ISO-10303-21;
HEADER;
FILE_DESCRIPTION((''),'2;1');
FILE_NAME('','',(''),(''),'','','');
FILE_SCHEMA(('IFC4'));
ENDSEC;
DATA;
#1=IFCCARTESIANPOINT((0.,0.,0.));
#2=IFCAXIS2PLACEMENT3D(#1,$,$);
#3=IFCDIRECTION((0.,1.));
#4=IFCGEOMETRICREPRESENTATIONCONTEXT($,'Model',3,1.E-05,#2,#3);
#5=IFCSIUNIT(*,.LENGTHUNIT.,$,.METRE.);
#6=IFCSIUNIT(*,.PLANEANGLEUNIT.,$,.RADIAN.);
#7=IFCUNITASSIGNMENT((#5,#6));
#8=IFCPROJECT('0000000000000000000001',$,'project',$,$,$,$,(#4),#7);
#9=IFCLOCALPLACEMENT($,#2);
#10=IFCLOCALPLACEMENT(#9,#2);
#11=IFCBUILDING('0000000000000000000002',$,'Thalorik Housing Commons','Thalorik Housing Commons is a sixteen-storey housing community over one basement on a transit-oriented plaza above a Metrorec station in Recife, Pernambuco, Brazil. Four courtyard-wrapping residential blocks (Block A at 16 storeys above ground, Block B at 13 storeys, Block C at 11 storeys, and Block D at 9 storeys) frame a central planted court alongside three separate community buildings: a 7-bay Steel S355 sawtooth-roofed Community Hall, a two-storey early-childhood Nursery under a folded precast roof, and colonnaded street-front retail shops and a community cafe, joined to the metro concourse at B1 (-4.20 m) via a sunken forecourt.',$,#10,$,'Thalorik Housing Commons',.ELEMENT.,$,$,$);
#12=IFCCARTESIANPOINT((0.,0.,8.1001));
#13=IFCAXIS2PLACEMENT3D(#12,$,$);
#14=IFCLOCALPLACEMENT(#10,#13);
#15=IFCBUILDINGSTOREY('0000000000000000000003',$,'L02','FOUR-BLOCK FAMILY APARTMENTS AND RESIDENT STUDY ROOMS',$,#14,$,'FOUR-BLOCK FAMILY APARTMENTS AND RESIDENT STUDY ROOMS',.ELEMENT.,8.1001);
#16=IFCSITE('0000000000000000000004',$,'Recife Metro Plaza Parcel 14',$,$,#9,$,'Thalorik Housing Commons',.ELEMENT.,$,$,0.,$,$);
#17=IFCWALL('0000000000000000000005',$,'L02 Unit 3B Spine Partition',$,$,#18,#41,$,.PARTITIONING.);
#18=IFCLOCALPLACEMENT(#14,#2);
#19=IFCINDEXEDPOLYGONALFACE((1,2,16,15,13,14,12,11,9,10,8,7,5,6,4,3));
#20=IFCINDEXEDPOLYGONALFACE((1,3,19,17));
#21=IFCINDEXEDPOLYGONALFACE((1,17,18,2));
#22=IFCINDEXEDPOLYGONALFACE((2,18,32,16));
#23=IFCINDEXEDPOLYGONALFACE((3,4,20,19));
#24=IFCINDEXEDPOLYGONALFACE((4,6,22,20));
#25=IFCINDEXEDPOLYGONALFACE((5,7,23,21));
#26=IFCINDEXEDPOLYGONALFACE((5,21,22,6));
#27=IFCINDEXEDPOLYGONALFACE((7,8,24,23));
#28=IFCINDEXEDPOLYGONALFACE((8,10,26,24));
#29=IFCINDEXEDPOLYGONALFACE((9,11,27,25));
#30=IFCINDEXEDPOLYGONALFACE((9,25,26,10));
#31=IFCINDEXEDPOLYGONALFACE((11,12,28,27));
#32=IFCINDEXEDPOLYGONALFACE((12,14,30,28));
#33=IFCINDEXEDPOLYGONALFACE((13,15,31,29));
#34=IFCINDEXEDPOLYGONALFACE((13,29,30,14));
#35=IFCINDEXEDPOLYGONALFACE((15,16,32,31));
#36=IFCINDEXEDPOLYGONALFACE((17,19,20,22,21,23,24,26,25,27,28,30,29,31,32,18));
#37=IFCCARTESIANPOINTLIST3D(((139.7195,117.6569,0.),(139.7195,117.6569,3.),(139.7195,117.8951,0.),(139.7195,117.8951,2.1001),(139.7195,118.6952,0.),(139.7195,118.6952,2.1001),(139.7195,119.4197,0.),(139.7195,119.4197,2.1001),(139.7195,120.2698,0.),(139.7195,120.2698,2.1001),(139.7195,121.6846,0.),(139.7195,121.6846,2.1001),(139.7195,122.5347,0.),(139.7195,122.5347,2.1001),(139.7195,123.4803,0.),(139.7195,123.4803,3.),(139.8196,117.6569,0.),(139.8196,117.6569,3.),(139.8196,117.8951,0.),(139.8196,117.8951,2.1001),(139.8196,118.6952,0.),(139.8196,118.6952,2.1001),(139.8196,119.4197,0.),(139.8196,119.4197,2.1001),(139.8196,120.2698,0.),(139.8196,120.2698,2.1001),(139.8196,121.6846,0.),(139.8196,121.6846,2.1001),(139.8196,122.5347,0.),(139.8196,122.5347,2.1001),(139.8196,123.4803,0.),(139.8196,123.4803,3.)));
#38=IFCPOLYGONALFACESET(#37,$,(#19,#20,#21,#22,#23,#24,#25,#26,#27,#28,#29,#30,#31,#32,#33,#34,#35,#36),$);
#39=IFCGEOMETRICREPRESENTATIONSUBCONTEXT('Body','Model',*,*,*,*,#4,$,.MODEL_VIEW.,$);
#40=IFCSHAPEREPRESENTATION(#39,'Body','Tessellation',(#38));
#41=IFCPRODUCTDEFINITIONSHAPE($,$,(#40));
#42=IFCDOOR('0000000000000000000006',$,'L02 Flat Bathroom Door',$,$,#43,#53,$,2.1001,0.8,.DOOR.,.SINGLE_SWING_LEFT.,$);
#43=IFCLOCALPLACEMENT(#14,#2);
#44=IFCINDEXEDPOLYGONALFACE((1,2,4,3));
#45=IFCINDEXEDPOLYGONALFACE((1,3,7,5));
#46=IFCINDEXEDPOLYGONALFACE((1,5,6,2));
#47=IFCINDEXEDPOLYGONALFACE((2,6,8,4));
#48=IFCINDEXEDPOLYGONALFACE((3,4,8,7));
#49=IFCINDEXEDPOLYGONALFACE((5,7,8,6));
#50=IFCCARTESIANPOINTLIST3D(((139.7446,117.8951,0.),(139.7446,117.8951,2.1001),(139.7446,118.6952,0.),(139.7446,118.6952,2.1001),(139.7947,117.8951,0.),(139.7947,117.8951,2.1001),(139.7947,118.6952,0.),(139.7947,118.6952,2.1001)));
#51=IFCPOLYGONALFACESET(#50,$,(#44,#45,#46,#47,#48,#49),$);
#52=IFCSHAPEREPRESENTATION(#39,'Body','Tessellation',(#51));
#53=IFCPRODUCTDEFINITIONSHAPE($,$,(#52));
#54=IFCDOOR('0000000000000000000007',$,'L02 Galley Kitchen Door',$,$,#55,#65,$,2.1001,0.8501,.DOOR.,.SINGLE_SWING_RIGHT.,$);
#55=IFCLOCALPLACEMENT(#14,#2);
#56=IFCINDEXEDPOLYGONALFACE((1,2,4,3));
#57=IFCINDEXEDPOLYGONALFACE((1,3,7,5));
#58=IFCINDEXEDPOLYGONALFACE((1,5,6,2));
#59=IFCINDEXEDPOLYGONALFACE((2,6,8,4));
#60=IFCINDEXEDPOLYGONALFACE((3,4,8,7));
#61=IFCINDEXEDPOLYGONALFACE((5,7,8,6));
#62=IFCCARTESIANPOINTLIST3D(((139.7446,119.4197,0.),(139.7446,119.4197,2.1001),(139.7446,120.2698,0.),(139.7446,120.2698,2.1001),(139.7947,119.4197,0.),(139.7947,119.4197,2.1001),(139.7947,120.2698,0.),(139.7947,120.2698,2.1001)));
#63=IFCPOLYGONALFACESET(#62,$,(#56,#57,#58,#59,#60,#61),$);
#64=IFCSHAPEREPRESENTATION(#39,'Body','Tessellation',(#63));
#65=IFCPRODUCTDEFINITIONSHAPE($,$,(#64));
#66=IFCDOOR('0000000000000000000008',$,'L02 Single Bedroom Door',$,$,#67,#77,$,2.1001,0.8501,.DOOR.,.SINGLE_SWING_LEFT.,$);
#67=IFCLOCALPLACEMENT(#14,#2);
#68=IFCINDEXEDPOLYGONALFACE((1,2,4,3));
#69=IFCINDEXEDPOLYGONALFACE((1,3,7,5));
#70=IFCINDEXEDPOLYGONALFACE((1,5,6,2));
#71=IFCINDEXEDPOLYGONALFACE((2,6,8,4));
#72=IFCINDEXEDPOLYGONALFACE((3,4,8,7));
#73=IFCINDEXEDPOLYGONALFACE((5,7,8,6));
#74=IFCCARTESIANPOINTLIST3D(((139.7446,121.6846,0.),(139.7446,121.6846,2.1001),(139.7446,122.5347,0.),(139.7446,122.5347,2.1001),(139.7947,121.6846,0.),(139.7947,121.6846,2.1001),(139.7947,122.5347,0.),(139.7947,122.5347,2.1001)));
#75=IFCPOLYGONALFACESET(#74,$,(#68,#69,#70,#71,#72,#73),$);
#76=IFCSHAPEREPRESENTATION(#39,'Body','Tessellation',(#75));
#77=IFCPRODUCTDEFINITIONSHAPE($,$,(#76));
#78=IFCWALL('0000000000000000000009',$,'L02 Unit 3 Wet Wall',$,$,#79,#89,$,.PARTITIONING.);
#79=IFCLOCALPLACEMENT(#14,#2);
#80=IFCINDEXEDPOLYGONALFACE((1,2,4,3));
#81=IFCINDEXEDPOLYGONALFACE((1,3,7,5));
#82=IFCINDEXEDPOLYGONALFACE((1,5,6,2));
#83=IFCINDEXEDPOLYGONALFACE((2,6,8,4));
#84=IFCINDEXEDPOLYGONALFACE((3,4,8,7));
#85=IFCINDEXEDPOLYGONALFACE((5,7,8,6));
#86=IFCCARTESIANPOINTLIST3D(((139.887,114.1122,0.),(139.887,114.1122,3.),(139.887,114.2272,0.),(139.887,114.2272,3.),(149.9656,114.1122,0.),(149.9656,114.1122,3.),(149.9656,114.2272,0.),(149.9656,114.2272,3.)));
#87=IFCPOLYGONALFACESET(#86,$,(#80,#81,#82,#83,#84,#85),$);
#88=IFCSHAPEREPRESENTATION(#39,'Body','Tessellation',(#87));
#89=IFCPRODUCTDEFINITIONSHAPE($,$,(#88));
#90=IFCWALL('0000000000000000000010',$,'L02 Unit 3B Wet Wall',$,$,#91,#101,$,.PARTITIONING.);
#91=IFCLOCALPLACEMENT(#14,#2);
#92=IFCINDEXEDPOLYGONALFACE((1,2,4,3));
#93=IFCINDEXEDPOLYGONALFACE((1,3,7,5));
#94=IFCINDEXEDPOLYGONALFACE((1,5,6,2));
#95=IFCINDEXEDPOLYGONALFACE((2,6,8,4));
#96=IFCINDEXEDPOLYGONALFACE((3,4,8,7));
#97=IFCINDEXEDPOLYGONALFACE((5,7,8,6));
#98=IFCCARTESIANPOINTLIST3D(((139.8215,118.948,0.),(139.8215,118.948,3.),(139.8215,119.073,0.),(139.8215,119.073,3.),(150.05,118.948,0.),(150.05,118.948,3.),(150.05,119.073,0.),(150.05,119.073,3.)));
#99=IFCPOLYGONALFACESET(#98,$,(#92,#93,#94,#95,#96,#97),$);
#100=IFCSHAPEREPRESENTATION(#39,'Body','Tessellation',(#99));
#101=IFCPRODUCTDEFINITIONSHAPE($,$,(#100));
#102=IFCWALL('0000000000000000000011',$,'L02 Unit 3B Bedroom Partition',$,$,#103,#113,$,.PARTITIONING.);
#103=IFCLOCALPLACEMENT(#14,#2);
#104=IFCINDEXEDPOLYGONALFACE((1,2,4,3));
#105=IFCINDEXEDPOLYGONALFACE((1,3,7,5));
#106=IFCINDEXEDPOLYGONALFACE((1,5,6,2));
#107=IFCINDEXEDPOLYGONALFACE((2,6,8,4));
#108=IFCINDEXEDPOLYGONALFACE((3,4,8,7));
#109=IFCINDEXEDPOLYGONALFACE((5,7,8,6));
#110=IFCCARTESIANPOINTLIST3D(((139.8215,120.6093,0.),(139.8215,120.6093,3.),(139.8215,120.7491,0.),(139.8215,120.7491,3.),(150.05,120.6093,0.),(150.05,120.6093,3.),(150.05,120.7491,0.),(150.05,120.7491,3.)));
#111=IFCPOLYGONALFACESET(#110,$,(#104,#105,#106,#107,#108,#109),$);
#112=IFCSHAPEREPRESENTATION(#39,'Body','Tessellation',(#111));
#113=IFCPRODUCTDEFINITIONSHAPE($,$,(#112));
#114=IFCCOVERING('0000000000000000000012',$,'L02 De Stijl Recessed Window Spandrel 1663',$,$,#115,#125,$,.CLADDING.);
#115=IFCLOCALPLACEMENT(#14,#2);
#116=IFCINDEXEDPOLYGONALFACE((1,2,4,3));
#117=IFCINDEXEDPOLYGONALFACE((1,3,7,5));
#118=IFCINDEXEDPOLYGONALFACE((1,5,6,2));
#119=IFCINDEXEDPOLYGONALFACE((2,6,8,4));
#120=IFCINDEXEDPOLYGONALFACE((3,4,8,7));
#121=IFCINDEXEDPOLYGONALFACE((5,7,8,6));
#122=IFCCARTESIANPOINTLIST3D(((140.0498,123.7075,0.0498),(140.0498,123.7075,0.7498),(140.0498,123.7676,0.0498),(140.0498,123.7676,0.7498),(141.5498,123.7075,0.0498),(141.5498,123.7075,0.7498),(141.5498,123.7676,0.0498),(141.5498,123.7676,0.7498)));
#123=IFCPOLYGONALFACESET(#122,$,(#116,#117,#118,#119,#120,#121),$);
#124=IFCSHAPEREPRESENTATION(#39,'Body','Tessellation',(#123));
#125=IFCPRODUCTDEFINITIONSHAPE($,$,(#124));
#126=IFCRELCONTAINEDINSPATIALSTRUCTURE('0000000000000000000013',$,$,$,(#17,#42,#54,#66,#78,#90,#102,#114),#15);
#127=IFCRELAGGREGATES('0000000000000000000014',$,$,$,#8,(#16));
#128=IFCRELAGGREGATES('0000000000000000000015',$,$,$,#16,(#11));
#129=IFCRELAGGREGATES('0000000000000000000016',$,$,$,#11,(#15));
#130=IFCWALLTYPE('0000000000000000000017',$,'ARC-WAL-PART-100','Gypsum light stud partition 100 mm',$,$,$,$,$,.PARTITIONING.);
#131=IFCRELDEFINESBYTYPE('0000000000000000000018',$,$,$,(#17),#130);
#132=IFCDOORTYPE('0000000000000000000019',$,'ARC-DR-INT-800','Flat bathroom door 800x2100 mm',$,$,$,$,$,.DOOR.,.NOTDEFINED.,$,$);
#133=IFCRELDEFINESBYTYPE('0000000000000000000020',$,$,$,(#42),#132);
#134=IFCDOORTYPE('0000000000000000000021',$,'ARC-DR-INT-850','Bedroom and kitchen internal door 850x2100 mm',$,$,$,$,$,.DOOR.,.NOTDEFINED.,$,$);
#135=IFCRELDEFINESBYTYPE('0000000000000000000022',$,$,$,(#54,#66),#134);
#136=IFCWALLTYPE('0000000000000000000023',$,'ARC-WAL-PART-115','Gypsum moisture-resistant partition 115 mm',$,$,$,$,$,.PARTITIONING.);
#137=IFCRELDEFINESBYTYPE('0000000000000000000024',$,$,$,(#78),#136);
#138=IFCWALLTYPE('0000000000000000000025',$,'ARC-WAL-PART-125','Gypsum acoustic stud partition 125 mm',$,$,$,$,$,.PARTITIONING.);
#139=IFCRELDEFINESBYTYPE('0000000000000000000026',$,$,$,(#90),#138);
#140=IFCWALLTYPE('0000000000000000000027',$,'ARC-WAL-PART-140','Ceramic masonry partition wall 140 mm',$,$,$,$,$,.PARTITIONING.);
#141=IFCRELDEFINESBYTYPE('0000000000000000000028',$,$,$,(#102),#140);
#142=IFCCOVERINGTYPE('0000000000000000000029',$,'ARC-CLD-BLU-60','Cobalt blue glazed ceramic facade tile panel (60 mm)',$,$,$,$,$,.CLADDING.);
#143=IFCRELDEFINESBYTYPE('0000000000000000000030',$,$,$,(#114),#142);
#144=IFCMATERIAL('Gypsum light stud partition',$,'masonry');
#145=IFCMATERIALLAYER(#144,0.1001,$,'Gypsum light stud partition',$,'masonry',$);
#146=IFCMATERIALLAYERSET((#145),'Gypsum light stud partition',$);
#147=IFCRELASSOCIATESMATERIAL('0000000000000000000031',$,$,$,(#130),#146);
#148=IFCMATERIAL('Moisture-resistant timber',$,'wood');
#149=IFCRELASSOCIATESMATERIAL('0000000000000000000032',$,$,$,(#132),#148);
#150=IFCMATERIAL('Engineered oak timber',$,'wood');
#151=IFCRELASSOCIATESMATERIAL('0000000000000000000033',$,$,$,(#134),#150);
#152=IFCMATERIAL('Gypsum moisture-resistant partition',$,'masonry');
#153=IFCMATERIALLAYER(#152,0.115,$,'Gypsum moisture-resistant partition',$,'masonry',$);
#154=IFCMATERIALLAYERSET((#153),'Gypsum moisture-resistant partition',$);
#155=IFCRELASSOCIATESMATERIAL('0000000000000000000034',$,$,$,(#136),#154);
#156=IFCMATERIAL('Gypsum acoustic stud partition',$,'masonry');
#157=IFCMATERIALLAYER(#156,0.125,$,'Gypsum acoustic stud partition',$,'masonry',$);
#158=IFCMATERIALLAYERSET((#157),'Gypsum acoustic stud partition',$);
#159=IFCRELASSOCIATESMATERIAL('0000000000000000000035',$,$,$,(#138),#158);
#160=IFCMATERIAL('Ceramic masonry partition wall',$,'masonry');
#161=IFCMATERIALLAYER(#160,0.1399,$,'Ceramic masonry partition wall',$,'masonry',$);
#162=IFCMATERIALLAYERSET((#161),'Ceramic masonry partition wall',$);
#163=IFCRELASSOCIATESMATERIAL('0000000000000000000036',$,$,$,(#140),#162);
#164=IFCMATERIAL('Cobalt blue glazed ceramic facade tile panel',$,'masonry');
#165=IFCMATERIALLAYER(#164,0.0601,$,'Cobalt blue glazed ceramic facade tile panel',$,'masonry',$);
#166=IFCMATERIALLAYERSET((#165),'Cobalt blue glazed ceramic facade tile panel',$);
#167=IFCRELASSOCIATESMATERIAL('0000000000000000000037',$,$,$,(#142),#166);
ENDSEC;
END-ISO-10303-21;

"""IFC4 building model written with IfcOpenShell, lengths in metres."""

from ifc_helpers import new_model, si_unit, direction, frame, frame_2d, origin, origin_2d, place, context, subcontext, project, spatial, rectangle, extrude, material, layer, layer_set, type_object, element, fill, save


model = new_model("IFC4")

# Units and contexts
model_context = context("Model", 3, precision=1e-05, world=origin(), true_north=direction((0.0, 1.0)))
body_context = subcontext(model_context, "Body", "Model", "MODEL_VIEW")
ifc_project = project(units=[si_unit("LENGTHUNIT", "METRE"), si_unit("PLANEANGLEUNIT", "RADIAN")], contexts=[model_context])

# Site, building, storey
site_placement = place(None, origin())
site = spatial("IfcSite", under=ifc_project, at=site_placement, Name="Recife Metro Plaza Parcel 14", LongName="Thalorik Housing Commons", CompositionType="ELEMENT", RefElevation=0.0)
building_placement = place(site_placement, origin())
building = spatial("IfcBuilding", under=site, at=building_placement, Name="Thalorik Housing Commons", Description="Thalorik Housing Commons is a sixteen-storey housing community over one basement on a transit-oriented plaza above a Metrorec station in Recife, Pernambuco, Brazil. Four courtyard-wrapping residential blocks (Block A at 16 storeys above ground, Block B at 13 storeys, Block C at 11 storeys, and Block D at 9 storeys) frame a central planted court alongside three separate community buildings: a 7-bay Steel S355 sawtooth-roofed Community Hall, a two-storey early-childhood Nursery under a folded precast roof, and colonnaded street-front retail shops and a community cafe, joined to the metro concourse at B1 (-4.20 m) via a sunken forecourt.", LongName="Thalorik Housing Commons", CompositionType="ELEMENT")
storey_placement = place(building_placement, frame((0.0, 0.0, 8.1001)))
storey = spatial("IfcBuildingStorey", under=building, at=storey_placement, Name="L02", Description="FOUR-BLOCK FAMILY APARTMENTS AND RESIDENT STUDY ROOMS", LongName="FOUR-BLOCK FAMILY APARTMENTS AND RESIDENT STUDY ROOMS", CompositionType="ELEMENT", Elevation=8.1001)

# Wall, openings, doors
ifc_material_1 = material(Name="Gypsum light stud partition", Category="masonry")
ifc_layer_1 = layer(ifc_material_1, 0.1001, Name="Gypsum light stud partition", Category="masonry")
ifc_layer_set_1 = layer_set([ifc_layer_1], Name="Gypsum light stud partition")
wall_type_1 = type_object("IfcWallType", Name="ARC-WAL-PART-100", Description="Gypsum light stud partition 100 mm", PredefinedType="PARTITIONING", material=ifc_layer_set_1)
wall_1_placement = place(storey_placement, frame((139.7695, 117.657, 0.0), z_axis=(0.0, 0.0, 1.0), x_axis=(0.0, 1.0, 0.0)))
wall_1 = element("IfcWall", 1, at=wall_1_placement, inside=storey, type_object=wall_type_1, Name="L02 Unit 3B Spine Partition", PredefinedType="PARTITIONING", context=body_context, shape_type="SweptSolid", body=[
    extrude(rectangle(XDim=5.8235, YDim=0.1001, at=frame_2d((2.9116, 0.0))), origin(), (0.0, 0.0, 1.0), 3.0),
])
opening_1_placement = place(wall_1_placement, frame((0.2383, 0.0, 0.0)))
opening_1 = element("IfcOpeningElement", 2, at=opening_1_placement, cuts=wall_1, PredefinedType="OPENING", context=body_context, shape_type="SweptSolid", body=[
    extrude(rectangle(XDim=0.8, YDim=2.1001, at=frame_2d((0.3999, 1.05))), frame((0.0, 0.0601, 0.0), z_axis=(0.0, -1.0, 0.0), x_axis=(1.0, 0.0, 0.0)), (0.0, 0.0, 1.0), 0.1201),
])
opening_2_placement = place(wall_1_placement, frame((1.7627, 0.0, 0.0)))
opening_2 = element("IfcOpeningElement", 3, at=opening_2_placement, cuts=wall_1, PredefinedType="OPENING", context=body_context, shape_type="SweptSolid", body=[
    extrude(rectangle(XDim=0.8501, YDim=2.1001, at=frame_2d((0.425, 1.05))), frame((0.0, 0.0601, 0.0), z_axis=(0.0, -1.0, 0.0), x_axis=(1.0, 0.0, 0.0)), (0.0, 0.0, 1.0), 0.1201),
])
opening_3_placement = place(wall_1_placement, frame((4.0276, 0.0, 0.0)))
opening_3 = element("IfcOpeningElement", 4, at=opening_3_placement, cuts=wall_1, PredefinedType="OPENING", context=body_context, shape_type="SweptSolid", body=[
    extrude(rectangle(XDim=0.8501, YDim=2.1001, at=frame_2d((0.425, 1.05))), frame((0.0, 0.0601, 0.0), z_axis=(0.0, -1.0, 0.0), x_axis=(1.0, 0.0, 0.0)), (0.0, 0.0, 1.0), 0.1201),
])
ifc_material_2 = material(Name="Moisture-resistant timber", Category="wood")
door_type_1 = type_object("IfcDoorType", Name="ARC-DR-INT-800", Description="Flat bathroom door 800x2100 mm", OperationType="NOTDEFINED", PredefinedType="DOOR", material=ifc_material_2)
door_1_placement = place(opening_1_placement, origin())
door_1 = element("IfcDoor", 5, at=door_1_placement, inside=storey, type_object=door_type_1, Name="L02 Flat Bathroom Door", OperationType="SINGLE_SWING_LEFT", OverallHeight=2.1001, OverallWidth=0.8, PredefinedType="DOOR", context=body_context, shape_type="SweptSolid", body=[
    extrude(rectangle(XDim=0.8, YDim=2.1001, at=frame_2d((0.3999, 1.05))), frame((0.0, 0.0249, 0.0), z_axis=(0.0, -1.0, 0.0), x_axis=(1.0, 0.0, 0.0)), (0.0, 0.0, 1.0), 0.05),
])
fill(opening_1, door_1)
ifc_material_3 = material(Name="Engineered oak timber", Category="wood")
door_type_2 = type_object("IfcDoorType", Name="ARC-DR-INT-850", Description="Bedroom and kitchen internal door 850x2100 mm", OperationType="NOTDEFINED", PredefinedType="DOOR", material=ifc_material_3)
door_2_placement = place(opening_2_placement, origin())
door_2 = element("IfcDoor", 6, at=door_2_placement, inside=storey, type_object=door_type_2, Name="L02 Galley Kitchen Door", OperationType="SINGLE_SWING_RIGHT", OverallHeight=2.1001, OverallWidth=0.8501, PredefinedType="DOOR", context=body_context, shape_type="SweptSolid", body=[
    extrude(rectangle(XDim=0.8501, YDim=2.1001, at=frame_2d((0.425, 1.05))), frame((0.0, 0.0249, 0.0), z_axis=(0.0, -1.0, 0.0), x_axis=(1.0, 0.0, 0.0)), (0.0, 0.0, 1.0), 0.05),
])
fill(opening_2, door_2)
door_3_placement = place(opening_3_placement, origin())
door_3 = element("IfcDoor", 7, at=door_3_placement, inside=storey, type_object=door_type_2, Name="L02 Single Bedroom Door", OperationType="SINGLE_SWING_LEFT", OverallHeight=2.1001, OverallWidth=0.8501, PredefinedType="DOOR", context=body_context, shape_type="SweptSolid", body=[
    extrude(rectangle(XDim=0.8501, YDim=2.1001, at=frame_2d((0.425, 1.05))), frame((0.0, 0.0249, 0.0), z_axis=(0.0, -1.0, 0.0), x_axis=(1.0, 0.0, 0.0)), (0.0, 0.0, 1.0), 0.05),
])
fill(opening_3, door_3)

# Walls
ifc_material_4 = material(Name="Gypsum moisture-resistant partition", Category="masonry")
ifc_layer_2 = layer(ifc_material_4, 0.115, Name="Gypsum moisture-resistant partition", Category="masonry")
ifc_layer_set_2 = layer_set([ifc_layer_2], Name="Gypsum moisture-resistant partition")
wall_type_2 = type_object("IfcWallType", Name="ARC-WAL-PART-115", Description="Gypsum moisture-resistant partition 115 mm", PredefinedType="PARTITIONING", material=ifc_layer_set_2)
wall_2_placement = place(storey_placement, frame((139.887, 114.1697, 0.0), z_axis=(0.0, 0.0, 1.0), x_axis=(1.0, 0.0, 0.0)))
element("IfcWall", 8, at=wall_2_placement, inside=storey, type_object=wall_type_2, Name="L02 Unit 3 Wet Wall", PredefinedType="PARTITIONING", context=body_context, shape_type="SweptSolid", body=[
    extrude(rectangle(XDim=10.0786, YDim=0.115, at=frame_2d((5.0393, 0.0))), origin(), (0.0, 0.0, 1.0), 3.0),
])
ifc_material_5 = material(Name="Gypsum acoustic stud partition", Category="masonry")
ifc_layer_3 = layer(ifc_material_5, 0.125, Name="Gypsum acoustic stud partition", Category="masonry")
ifc_layer_set_3 = layer_set([ifc_layer_3], Name="Gypsum acoustic stud partition")
wall_type_3 = type_object("IfcWallType", Name="ARC-WAL-PART-125", Description="Gypsum acoustic stud partition 125 mm", PredefinedType="PARTITIONING", material=ifc_layer_set_3)
wall_3_placement = place(storey_placement, frame((139.8215, 119.0105, 0.0), z_axis=(0.0, 0.0, 1.0), x_axis=(1.0, 0.0, 0.0)))
element("IfcWall", 9, at=wall_3_placement, inside=storey, type_object=wall_type_3, Name="L02 Unit 3B Wet Wall", PredefinedType="PARTITIONING", context=body_context, shape_type="SweptSolid", body=[
    extrude(rectangle(XDim=10.2285, YDim=0.125, at=frame_2d((5.1143, 0.0))), origin(), (0.0, 0.0, 1.0), 3.0),
])
ifc_material_6 = material(Name="Ceramic masonry partition wall", Category="masonry")
ifc_layer_4 = layer(ifc_material_6, 0.1399, Name="Ceramic masonry partition wall", Category="masonry")
ifc_layer_set_4 = layer_set([ifc_layer_4], Name="Ceramic masonry partition wall")
wall_type_4 = type_object("IfcWallType", Name="ARC-WAL-PART-140", Description="Ceramic masonry partition wall 140 mm", PredefinedType="PARTITIONING", material=ifc_layer_set_4)
wall_4_placement = place(storey_placement, frame((139.8215, 120.6792, 0.0), z_axis=(0.0, 0.0, 1.0), x_axis=(1.0, 0.0, 0.0)))
element("IfcWall", 10, at=wall_4_placement, inside=storey, type_object=wall_type_4, Name="L02 Unit 3B Bedroom Partition", PredefinedType="PARTITIONING", context=body_context, shape_type="SweptSolid", body=[
    extrude(rectangle(XDim=10.2285, YDim=0.1399, at=frame_2d((5.1143, 0.0))), origin(), (0.0, 0.0, 1.0), 3.0),
])

# Covering
ifc_material_7 = material(Name="Cobalt blue glazed ceramic facade tile panel", Category="masonry")
ifc_layer_5 = layer(ifc_material_7, 0.0601, Name="Cobalt blue glazed ceramic facade tile panel", Category="masonry")
ifc_layer_set_5 = layer_set([ifc_layer_5], Name="Cobalt blue glazed ceramic facade tile panel")
covering_type_1 = type_object("IfcCoveringType", Name="ARC-CLD-BLU-60", Description="Cobalt blue glazed ceramic facade tile panel (60 mm)", PredefinedType="CLADDING", material=ifc_layer_set_5)
covering_1_placement = place(storey_placement, frame((140.7998, 123.7375, 0.0498), z_axis=(0.0, 0.0, 1.0), x_axis=(-1.0, 0.0, 0.0)))
element("IfcCovering", 11, at=covering_1_placement, inside=storey, type_object=covering_type_1, Name="L02 De Stijl Recessed Window Spandrel 1663", PredefinedType="CLADDING", context=body_context, shape_type="SweptSolid", body=[
    extrude(rectangle(XDim=1.5, YDim=0.0601, at=origin_2d()), origin(), (0.0, 0.0, 1.0), 0.7),
])

save(model, "model.ifc")
